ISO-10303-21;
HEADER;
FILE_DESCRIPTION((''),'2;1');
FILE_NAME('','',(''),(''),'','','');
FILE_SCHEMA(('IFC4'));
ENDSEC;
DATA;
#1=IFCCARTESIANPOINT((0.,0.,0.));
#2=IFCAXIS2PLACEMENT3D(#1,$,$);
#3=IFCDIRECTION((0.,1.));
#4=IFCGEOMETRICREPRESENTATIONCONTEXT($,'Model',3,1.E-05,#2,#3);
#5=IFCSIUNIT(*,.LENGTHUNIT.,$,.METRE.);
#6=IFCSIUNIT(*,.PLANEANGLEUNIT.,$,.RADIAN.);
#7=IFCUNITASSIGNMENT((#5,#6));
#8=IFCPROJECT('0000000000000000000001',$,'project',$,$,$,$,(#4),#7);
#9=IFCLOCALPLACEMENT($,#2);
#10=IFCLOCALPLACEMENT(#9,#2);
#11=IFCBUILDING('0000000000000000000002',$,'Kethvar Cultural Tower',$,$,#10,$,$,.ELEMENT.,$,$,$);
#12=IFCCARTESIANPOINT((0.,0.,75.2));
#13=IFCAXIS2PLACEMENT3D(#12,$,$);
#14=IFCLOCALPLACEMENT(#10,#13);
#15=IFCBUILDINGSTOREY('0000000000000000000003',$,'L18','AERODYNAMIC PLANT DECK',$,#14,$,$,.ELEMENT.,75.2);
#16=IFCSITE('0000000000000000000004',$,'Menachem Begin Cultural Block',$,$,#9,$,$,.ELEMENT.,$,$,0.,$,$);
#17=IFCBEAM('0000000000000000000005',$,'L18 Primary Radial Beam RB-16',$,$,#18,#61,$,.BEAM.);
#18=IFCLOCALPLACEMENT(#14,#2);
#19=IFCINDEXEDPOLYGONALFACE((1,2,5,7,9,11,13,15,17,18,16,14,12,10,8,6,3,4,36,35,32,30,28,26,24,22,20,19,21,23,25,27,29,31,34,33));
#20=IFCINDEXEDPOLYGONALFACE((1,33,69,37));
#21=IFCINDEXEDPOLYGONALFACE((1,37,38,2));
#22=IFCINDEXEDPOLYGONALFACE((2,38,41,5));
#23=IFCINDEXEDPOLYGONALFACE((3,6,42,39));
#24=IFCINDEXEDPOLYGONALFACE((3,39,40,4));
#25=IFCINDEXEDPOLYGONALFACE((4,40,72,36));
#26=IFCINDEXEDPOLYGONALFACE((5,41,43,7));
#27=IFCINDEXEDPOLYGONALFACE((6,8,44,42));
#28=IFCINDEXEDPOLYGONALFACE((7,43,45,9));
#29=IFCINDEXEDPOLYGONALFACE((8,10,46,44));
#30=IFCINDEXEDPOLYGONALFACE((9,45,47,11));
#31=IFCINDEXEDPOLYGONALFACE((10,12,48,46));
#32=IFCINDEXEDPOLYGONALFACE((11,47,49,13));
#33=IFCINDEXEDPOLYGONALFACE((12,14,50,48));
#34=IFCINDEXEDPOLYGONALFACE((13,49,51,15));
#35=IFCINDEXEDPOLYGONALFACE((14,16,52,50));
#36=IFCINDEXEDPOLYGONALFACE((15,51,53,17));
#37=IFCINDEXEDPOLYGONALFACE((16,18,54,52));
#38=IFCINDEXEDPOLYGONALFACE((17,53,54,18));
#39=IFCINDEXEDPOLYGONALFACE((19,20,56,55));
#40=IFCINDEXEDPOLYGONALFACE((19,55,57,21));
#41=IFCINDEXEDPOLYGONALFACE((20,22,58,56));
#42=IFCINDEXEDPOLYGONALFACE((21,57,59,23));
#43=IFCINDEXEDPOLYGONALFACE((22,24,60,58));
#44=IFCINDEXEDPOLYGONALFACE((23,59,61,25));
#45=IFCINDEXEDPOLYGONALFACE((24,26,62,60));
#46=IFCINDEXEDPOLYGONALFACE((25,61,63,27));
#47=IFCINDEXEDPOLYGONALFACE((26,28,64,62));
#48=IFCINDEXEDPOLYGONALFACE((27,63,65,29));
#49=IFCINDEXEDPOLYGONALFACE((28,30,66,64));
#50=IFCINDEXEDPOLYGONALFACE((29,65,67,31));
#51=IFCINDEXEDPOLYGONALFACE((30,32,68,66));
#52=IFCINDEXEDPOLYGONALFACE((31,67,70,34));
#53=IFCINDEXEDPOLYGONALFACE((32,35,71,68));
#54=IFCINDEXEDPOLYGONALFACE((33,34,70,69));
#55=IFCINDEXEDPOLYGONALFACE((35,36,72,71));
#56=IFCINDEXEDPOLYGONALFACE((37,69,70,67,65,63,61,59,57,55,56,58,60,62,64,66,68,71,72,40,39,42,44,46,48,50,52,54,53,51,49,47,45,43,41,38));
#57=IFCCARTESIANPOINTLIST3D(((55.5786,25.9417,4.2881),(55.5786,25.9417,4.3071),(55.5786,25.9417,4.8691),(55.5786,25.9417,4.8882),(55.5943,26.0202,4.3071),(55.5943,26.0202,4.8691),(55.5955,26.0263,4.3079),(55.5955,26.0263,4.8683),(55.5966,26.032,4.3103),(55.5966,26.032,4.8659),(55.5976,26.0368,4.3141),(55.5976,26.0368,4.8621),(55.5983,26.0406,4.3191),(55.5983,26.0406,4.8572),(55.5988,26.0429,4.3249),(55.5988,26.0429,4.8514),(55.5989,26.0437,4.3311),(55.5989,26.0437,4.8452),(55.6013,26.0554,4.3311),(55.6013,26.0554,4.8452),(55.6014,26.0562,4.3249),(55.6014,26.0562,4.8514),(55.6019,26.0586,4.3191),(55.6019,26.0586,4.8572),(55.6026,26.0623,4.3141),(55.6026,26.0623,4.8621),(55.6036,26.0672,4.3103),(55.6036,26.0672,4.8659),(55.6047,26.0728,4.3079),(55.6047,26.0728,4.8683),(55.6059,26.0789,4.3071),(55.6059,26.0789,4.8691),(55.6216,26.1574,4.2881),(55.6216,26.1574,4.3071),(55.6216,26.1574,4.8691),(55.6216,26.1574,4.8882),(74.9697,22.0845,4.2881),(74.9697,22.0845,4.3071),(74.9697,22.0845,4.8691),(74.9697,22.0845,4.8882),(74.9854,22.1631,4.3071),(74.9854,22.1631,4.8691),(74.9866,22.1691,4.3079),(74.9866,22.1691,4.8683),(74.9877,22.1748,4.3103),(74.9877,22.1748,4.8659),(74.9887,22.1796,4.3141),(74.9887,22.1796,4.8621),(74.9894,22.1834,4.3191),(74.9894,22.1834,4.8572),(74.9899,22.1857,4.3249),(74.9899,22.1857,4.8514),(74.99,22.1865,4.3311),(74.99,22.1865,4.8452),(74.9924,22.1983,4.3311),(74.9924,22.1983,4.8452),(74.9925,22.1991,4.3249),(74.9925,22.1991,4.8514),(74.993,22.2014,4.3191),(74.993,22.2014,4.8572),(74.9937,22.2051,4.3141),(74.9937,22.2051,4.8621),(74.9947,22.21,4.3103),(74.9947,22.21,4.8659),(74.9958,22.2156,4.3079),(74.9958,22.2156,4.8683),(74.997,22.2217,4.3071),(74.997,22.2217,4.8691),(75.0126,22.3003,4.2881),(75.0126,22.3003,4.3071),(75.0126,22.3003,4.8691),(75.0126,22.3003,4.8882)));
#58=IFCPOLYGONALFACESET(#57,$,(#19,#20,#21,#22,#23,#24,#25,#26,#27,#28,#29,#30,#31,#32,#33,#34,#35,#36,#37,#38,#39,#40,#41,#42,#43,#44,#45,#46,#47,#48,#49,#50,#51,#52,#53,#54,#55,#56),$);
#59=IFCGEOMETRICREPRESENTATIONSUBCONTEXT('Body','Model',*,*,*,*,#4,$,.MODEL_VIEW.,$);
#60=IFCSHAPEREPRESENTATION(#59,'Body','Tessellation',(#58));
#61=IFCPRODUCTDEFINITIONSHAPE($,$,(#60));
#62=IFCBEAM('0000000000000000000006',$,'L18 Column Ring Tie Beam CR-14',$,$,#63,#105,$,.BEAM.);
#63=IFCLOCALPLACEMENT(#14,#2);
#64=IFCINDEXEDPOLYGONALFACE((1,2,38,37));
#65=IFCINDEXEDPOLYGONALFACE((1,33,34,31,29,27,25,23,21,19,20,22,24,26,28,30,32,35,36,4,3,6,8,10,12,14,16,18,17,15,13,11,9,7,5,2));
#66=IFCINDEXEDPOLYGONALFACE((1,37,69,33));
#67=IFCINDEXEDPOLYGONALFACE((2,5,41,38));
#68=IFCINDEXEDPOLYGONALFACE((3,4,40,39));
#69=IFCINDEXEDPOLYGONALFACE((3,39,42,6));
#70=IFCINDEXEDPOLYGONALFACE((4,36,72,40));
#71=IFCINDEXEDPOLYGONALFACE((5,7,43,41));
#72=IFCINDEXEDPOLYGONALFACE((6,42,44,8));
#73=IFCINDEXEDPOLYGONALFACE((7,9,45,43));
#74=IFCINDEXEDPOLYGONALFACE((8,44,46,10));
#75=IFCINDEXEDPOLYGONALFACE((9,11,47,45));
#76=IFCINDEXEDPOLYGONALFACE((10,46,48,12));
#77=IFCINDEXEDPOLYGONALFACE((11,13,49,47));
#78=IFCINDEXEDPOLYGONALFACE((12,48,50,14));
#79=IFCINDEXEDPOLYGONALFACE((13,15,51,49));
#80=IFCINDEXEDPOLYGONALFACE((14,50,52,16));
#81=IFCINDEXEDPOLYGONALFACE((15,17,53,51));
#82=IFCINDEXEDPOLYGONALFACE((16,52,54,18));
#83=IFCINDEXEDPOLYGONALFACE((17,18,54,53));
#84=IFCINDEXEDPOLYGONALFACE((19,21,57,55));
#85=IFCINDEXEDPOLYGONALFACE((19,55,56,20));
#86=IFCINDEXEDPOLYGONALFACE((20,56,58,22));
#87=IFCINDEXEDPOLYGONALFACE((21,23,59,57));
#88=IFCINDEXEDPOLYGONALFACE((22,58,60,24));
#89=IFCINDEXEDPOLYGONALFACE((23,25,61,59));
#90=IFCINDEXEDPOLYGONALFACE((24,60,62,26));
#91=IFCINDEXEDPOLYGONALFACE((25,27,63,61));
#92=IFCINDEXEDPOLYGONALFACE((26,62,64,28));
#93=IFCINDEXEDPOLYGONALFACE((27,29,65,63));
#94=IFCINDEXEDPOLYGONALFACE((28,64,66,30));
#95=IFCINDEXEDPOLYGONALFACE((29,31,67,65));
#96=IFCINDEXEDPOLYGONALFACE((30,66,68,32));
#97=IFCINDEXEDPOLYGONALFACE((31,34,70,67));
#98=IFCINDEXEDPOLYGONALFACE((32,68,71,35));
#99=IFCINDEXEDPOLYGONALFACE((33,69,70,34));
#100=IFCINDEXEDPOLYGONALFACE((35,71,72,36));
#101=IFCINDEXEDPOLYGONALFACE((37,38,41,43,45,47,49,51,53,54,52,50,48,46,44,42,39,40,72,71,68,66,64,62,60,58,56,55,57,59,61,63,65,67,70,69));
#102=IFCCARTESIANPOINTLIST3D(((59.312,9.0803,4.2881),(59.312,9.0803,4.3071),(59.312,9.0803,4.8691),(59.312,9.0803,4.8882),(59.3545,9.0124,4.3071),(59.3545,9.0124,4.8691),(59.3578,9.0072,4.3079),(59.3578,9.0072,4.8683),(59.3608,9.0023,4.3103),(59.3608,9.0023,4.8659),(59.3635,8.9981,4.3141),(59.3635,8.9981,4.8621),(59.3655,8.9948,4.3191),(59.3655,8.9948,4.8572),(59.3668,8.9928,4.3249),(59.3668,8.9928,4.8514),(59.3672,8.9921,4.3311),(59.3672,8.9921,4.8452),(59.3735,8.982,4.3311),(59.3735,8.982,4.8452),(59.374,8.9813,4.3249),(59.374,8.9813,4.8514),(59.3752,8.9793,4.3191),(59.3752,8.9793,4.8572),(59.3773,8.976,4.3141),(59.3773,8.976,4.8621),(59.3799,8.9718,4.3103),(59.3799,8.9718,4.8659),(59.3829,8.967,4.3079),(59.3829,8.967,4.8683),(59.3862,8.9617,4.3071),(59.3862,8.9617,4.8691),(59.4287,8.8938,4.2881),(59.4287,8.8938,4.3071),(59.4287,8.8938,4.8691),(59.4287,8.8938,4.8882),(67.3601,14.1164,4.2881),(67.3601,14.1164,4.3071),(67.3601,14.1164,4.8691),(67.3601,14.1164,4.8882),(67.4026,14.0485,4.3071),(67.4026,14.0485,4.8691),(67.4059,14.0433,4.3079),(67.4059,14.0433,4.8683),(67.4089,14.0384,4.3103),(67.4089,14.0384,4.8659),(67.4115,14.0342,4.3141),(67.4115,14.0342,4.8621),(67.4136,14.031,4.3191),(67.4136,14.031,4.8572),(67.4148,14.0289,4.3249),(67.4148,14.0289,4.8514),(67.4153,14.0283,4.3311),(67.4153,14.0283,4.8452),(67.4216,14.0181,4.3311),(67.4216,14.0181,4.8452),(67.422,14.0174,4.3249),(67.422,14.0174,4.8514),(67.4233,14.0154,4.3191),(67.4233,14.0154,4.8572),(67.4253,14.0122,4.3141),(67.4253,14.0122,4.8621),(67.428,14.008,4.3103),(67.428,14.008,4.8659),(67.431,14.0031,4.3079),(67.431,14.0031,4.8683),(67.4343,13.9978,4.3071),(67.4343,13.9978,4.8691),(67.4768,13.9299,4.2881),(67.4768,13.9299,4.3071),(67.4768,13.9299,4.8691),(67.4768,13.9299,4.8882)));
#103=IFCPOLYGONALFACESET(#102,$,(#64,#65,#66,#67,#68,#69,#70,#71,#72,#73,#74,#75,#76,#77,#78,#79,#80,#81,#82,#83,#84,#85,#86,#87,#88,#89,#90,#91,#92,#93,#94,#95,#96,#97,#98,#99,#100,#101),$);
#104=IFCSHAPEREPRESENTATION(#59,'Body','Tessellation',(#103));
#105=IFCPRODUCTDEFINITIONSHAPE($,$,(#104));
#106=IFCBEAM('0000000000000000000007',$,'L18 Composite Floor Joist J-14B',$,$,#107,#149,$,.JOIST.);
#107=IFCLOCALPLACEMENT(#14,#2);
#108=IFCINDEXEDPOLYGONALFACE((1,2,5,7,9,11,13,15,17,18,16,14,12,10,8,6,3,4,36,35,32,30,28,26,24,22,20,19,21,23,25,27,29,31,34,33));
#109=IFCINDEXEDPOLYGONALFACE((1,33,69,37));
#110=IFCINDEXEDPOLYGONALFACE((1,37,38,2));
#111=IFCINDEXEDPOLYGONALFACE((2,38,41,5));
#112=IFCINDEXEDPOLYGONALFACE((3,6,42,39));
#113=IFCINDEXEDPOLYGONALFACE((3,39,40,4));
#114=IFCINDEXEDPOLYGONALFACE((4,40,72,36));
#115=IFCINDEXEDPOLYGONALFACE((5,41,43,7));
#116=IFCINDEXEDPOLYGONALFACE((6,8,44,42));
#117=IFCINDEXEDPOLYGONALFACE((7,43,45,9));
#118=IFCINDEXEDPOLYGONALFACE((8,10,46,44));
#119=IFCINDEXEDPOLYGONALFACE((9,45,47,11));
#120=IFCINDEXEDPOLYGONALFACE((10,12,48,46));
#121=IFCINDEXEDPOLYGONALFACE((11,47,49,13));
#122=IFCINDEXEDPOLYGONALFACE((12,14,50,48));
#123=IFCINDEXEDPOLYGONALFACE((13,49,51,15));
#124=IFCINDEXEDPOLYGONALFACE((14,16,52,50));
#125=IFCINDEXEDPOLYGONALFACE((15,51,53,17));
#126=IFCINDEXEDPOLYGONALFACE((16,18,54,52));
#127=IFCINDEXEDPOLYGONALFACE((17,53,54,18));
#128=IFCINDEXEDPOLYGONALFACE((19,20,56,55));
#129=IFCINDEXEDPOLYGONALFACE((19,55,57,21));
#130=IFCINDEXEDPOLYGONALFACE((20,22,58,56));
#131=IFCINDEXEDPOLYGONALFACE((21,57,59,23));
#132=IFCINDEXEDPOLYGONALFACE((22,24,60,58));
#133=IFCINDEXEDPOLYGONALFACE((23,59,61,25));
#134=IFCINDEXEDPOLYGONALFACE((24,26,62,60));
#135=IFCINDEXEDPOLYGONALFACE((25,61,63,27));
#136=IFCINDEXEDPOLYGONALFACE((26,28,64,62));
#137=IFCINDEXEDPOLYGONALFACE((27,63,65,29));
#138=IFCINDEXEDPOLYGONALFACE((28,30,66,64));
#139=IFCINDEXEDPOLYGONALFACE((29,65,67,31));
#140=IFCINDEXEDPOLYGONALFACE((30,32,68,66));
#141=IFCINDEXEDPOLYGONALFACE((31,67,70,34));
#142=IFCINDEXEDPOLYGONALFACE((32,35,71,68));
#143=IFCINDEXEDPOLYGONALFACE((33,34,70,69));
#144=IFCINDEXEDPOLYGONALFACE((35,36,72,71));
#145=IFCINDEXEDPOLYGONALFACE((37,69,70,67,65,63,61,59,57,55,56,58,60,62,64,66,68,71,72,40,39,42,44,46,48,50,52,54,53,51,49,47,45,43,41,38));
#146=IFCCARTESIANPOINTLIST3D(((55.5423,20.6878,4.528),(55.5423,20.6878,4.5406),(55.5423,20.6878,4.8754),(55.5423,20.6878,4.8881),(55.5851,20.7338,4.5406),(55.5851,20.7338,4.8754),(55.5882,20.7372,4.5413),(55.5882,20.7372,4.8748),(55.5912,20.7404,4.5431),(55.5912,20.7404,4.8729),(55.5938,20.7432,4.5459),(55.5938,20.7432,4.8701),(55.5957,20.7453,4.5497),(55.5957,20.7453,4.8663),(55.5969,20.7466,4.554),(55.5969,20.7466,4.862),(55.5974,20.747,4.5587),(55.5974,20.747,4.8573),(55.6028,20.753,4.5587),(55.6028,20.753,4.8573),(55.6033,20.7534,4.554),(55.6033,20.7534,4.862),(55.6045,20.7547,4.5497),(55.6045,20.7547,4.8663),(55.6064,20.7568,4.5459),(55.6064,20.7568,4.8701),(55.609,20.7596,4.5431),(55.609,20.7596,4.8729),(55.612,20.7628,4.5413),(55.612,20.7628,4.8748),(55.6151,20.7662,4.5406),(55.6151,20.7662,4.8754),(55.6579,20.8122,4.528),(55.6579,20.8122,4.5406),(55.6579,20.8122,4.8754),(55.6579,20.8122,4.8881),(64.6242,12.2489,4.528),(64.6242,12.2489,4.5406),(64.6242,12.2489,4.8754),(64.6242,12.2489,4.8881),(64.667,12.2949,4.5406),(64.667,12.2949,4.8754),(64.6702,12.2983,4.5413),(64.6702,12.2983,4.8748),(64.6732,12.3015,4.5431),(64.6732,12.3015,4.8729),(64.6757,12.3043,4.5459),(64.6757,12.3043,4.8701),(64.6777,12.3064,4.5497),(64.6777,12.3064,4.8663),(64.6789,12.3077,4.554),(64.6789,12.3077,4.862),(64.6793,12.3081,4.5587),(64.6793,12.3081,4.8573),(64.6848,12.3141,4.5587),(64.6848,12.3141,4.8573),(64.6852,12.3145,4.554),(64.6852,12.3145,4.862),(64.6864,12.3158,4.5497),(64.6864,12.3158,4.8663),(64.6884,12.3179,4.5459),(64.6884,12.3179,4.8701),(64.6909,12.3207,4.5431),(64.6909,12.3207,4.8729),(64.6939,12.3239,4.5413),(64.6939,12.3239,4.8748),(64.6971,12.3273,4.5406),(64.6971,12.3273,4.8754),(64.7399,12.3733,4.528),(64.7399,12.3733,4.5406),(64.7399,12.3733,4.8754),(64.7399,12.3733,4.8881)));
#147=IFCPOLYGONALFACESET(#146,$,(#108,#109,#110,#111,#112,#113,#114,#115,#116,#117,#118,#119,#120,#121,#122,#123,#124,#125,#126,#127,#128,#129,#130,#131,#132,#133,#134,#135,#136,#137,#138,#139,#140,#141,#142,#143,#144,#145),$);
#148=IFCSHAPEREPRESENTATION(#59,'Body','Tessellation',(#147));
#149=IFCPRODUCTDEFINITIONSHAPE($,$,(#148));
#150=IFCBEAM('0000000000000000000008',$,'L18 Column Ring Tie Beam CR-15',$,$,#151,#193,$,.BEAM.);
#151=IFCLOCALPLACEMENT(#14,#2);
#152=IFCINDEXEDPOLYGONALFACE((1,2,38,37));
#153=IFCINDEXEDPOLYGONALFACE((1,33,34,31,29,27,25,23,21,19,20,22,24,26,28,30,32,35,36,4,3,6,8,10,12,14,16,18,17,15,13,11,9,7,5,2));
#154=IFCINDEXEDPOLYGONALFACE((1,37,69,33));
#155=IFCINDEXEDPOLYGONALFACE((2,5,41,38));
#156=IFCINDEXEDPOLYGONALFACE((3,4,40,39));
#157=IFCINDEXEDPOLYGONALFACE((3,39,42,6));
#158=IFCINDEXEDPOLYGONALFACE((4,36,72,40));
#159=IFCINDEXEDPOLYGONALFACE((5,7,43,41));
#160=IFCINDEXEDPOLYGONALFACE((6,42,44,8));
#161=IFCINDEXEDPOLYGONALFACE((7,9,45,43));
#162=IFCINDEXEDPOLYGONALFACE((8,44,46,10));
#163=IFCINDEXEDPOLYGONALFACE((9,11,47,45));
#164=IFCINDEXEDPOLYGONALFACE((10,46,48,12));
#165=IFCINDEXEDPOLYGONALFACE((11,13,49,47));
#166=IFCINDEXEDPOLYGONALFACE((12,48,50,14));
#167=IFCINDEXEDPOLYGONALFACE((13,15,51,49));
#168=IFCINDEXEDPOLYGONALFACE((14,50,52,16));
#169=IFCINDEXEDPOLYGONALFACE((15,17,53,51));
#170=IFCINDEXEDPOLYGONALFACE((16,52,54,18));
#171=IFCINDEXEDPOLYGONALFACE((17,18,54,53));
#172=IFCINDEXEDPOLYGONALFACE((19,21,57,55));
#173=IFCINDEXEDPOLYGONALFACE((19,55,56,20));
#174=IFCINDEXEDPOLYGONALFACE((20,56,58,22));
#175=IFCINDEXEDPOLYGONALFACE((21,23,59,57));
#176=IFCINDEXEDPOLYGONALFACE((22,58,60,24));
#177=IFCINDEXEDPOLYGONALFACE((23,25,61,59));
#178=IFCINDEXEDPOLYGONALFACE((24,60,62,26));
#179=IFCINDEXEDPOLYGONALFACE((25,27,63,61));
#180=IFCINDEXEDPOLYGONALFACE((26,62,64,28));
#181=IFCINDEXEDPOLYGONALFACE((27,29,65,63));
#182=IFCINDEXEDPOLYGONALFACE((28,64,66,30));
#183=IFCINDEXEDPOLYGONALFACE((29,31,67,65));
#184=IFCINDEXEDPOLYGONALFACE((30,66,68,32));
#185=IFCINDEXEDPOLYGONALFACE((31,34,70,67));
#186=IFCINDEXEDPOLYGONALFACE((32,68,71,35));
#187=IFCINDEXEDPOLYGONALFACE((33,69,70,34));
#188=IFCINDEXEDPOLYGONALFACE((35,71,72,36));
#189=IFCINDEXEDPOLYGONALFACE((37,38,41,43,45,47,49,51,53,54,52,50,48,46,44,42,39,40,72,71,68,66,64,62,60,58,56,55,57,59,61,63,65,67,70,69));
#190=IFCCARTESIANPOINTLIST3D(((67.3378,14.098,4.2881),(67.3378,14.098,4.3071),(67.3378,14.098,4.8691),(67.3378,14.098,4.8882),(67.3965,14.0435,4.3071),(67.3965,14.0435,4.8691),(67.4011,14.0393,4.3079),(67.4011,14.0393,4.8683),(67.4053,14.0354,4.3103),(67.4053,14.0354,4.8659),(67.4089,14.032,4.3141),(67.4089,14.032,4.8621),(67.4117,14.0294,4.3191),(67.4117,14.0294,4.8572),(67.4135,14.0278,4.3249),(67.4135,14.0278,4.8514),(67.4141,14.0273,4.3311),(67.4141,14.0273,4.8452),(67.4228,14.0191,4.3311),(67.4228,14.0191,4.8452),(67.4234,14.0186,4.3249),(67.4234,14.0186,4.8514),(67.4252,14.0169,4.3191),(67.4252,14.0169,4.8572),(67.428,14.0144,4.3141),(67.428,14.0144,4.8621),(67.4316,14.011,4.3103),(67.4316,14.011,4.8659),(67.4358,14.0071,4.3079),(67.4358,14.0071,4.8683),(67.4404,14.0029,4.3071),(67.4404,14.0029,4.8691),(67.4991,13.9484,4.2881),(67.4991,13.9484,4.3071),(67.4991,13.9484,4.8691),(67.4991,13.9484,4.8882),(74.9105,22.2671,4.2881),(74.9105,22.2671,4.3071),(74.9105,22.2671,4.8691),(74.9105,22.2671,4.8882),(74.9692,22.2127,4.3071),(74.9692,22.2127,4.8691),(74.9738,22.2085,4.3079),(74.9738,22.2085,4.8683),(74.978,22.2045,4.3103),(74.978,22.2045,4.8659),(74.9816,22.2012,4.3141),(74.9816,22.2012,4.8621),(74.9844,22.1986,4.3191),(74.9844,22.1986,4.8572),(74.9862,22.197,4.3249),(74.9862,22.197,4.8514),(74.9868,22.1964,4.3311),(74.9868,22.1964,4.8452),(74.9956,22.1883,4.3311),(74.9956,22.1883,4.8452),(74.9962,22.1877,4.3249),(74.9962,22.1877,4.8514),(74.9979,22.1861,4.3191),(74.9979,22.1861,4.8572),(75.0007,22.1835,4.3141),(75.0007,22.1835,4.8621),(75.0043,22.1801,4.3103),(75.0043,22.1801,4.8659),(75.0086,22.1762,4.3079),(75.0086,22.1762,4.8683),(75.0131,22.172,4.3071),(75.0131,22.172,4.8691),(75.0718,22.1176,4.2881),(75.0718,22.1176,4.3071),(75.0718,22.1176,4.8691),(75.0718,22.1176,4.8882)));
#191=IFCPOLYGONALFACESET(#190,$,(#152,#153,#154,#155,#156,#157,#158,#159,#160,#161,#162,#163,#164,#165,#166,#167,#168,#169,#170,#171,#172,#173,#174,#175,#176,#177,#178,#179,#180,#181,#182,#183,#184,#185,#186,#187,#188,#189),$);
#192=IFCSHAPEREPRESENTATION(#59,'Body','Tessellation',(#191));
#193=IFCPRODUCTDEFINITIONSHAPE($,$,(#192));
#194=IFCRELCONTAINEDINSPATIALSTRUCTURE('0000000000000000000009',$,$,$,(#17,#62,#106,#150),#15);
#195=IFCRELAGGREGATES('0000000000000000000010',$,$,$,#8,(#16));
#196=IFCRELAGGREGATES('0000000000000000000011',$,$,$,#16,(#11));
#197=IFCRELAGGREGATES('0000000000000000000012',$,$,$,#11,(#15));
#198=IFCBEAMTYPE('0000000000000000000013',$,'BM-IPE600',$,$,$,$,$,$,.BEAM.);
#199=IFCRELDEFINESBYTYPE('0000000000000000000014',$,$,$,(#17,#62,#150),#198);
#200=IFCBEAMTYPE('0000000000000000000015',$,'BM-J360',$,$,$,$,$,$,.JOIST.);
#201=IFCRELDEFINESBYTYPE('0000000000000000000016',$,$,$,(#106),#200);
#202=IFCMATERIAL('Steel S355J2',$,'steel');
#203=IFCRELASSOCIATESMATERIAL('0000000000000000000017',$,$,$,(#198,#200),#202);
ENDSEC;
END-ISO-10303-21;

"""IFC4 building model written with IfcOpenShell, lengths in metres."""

from ifc_helpers import new_model, si_unit, direction, frame, origin, origin_2d, place, context, subcontext, project, spatial, i_section, extrude, source, transform, mapped, material, material_profile, profile_set, type_object, element, save


model = new_model("IFC4")

# Units and contexts
model_context = context("Model", 3, precision=1e-05, world=origin(), true_north=direction((0.0, 1.0)))
body_context = subcontext(model_context, "Body", "Model", "MODEL_VIEW")
ifc_project = project(units=[si_unit("LENGTHUNIT", "METRE"), si_unit("PLANEANGLEUNIT", "RADIAN")], contexts=[model_context])

# Site, building, storey
site_placement = place(None, origin())
site = spatial("IfcSite", under=ifc_project, at=site_placement, Name="Menachem Begin Cultural Block", CompositionType="ELEMENT", RefElevation=0.0)
building_placement = place(site_placement, origin())
building = spatial("IfcBuilding", under=site, at=building_placement, Name="Kethvar Cultural Tower", CompositionType="ELEMENT")
storey_placement = place(building_placement, frame((0.0, 0.0, 75.2)))
storey = spatial("IfcBuildingStorey", under=building, at=storey_placement, Name="L18", Description="AERODYNAMIC PLANT DECK", CompositionType="ELEMENT", Elevation=75.2)

# Beams
ifc_material_1 = material(Name="Steel S355J2", Category="steel")
ifc_material_profile_1 = material_profile(ifc_material_1, i_section(OverallWidth=0.22, OverallDepth=0.6001, WebThickness=0.012, FlangeThickness=0.019, FilletRadius=0.0239, at=origin_2d()), Name="Steel S355J2 — IPE600")
ifc_profile_set_1 = profile_set([ifc_material_profile_1], Name="Steel S355J2 — IPE600")
beam_type_1 = type_object("IfcBeamType", Name="BM-IPE600", PredefinedType="BEAM", material=ifc_profile_set_1)
shared_shape_1 = source(origin(), body_context, "Body", "SweptSolid", [
    extrude(i_section(OverallWidth=0.22, OverallDepth=0.6001, WebThickness=0.012, FlangeThickness=0.019, FilletRadius=0.0239, at=origin_2d()), origin(), (0.0, 0.0, 1.0), 19.771),
])
beam_1_placement = place(storey_placement, frame((55.6001, 26.0496, 4.5881), z_axis=(0.980785, -0.195093, 0.0), x_axis=(0.195093, 0.980785, 0.0)))
element("IfcBeam", 1, at=beam_1_placement, inside=storey, type_object=beam_type_1, Name="L18 Primary Radial Beam RB-16", PredefinedType="BEAM", context=body_context, shape_type="MappedRepresentation", body=[
    mapped(shared_shape_1, transform((0.0, 0.0, 0.0), scale=1.0)),
])
shared_shape_2 = source(origin(), body_context, "Body", "SweptSolid", [
    extrude(i_section(OverallWidth=0.22, OverallDepth=0.6001, WebThickness=0.012, FlangeThickness=0.019, FilletRadius=0.0239, at=origin_2d()), origin(), (0.0, 0.0, 1.0), 9.4939),
])
beam_2_placement = place(storey_placement, frame((59.3704, 8.9871, 4.5881), z_axis=(0.847711, 0.530459, 0.0), x_axis=(-0.530459, 0.847711, 0.0)))
element("IfcBeam", 2, at=beam_2_placement, inside=storey, type_object=beam_type_1, Name="L18 Column Ring Tie Beam CR-14", PredefinedType="BEAM", context=body_context, shape_type="MappedRepresentation", body=[
    mapped(shared_shape_2, transform((0.0, 0.0, 0.0), scale=1.0)),
])
ifc_material_profile_2 = material_profile(ifc_material_1, i_section(OverallWidth=0.1699, OverallDepth=0.3601, WebThickness=0.0081, FlangeThickness=0.0127, FilletRadius=0.0181, at=origin_2d()), Name="Steel S355J2 — IPE360")
ifc_profile_set_2 = profile_set([ifc_material_profile_2], Name="Steel S355J2 — IPE360")
beam_type_2 = type_object("IfcBeamType", Name="BM-J360", PredefinedType="JOIST", material=ifc_profile_set_2)
shared_shape_3 = source(origin(), body_context, "Body", "SweptSolid", [
    extrude(i_section(OverallWidth=0.1699, OverallDepth=0.3601, WebThickness=0.0081, FlangeThickness=0.0127, FilletRadius=0.0181, at=origin_2d()), origin(), (0.0, 0.0, 1.0), 12.3975),
])
beam_3_placement = place(storey_placement, frame((55.6001, 20.75, 4.708), z_axis=(0.732566, -0.680696, 0.0), x_axis=(0.680696, 0.732566, 0.0)))
element("IfcBeam", 3, at=beam_3_placement, inside=storey, type_object=beam_type_2, Name="L18 Composite Floor Joist J-14B", PredefinedType="JOIST", context=body_context, shape_type="MappedRepresentation", body=[
    mapped(shared_shape_3, transform((0.0, 0.0, 0.0), scale=1.0)),
])
shared_shape_4 = source(origin(), body_context, "Body", "SweptSolid", [
    extrude(i_section(OverallWidth=0.22, OverallDepth=0.6001, WebThickness=0.012, FlangeThickness=0.019, FilletRadius=0.0239, at=origin_2d()), origin(), (0.0, 0.0, 1.0), 11.1392),
])
beam_4_placement = place(storey_placement, frame((67.4185, 14.0232, 4.5881), z_axis=(0.679828, 0.733372, 0.0), x_axis=(-0.733372, 0.679828, 0.0)))
element("IfcBeam", 4, at=beam_4_placement, inside=storey, type_object=beam_type_1, Name="L18 Column Ring Tie Beam CR-15", PredefinedType="BEAM", context=body_context, shape_type="MappedRepresentation", body=[
    mapped(shared_shape_4, transform((0.0, 0.0, 0.0), scale=1.0)),
])

save(model, "model.ifc")
